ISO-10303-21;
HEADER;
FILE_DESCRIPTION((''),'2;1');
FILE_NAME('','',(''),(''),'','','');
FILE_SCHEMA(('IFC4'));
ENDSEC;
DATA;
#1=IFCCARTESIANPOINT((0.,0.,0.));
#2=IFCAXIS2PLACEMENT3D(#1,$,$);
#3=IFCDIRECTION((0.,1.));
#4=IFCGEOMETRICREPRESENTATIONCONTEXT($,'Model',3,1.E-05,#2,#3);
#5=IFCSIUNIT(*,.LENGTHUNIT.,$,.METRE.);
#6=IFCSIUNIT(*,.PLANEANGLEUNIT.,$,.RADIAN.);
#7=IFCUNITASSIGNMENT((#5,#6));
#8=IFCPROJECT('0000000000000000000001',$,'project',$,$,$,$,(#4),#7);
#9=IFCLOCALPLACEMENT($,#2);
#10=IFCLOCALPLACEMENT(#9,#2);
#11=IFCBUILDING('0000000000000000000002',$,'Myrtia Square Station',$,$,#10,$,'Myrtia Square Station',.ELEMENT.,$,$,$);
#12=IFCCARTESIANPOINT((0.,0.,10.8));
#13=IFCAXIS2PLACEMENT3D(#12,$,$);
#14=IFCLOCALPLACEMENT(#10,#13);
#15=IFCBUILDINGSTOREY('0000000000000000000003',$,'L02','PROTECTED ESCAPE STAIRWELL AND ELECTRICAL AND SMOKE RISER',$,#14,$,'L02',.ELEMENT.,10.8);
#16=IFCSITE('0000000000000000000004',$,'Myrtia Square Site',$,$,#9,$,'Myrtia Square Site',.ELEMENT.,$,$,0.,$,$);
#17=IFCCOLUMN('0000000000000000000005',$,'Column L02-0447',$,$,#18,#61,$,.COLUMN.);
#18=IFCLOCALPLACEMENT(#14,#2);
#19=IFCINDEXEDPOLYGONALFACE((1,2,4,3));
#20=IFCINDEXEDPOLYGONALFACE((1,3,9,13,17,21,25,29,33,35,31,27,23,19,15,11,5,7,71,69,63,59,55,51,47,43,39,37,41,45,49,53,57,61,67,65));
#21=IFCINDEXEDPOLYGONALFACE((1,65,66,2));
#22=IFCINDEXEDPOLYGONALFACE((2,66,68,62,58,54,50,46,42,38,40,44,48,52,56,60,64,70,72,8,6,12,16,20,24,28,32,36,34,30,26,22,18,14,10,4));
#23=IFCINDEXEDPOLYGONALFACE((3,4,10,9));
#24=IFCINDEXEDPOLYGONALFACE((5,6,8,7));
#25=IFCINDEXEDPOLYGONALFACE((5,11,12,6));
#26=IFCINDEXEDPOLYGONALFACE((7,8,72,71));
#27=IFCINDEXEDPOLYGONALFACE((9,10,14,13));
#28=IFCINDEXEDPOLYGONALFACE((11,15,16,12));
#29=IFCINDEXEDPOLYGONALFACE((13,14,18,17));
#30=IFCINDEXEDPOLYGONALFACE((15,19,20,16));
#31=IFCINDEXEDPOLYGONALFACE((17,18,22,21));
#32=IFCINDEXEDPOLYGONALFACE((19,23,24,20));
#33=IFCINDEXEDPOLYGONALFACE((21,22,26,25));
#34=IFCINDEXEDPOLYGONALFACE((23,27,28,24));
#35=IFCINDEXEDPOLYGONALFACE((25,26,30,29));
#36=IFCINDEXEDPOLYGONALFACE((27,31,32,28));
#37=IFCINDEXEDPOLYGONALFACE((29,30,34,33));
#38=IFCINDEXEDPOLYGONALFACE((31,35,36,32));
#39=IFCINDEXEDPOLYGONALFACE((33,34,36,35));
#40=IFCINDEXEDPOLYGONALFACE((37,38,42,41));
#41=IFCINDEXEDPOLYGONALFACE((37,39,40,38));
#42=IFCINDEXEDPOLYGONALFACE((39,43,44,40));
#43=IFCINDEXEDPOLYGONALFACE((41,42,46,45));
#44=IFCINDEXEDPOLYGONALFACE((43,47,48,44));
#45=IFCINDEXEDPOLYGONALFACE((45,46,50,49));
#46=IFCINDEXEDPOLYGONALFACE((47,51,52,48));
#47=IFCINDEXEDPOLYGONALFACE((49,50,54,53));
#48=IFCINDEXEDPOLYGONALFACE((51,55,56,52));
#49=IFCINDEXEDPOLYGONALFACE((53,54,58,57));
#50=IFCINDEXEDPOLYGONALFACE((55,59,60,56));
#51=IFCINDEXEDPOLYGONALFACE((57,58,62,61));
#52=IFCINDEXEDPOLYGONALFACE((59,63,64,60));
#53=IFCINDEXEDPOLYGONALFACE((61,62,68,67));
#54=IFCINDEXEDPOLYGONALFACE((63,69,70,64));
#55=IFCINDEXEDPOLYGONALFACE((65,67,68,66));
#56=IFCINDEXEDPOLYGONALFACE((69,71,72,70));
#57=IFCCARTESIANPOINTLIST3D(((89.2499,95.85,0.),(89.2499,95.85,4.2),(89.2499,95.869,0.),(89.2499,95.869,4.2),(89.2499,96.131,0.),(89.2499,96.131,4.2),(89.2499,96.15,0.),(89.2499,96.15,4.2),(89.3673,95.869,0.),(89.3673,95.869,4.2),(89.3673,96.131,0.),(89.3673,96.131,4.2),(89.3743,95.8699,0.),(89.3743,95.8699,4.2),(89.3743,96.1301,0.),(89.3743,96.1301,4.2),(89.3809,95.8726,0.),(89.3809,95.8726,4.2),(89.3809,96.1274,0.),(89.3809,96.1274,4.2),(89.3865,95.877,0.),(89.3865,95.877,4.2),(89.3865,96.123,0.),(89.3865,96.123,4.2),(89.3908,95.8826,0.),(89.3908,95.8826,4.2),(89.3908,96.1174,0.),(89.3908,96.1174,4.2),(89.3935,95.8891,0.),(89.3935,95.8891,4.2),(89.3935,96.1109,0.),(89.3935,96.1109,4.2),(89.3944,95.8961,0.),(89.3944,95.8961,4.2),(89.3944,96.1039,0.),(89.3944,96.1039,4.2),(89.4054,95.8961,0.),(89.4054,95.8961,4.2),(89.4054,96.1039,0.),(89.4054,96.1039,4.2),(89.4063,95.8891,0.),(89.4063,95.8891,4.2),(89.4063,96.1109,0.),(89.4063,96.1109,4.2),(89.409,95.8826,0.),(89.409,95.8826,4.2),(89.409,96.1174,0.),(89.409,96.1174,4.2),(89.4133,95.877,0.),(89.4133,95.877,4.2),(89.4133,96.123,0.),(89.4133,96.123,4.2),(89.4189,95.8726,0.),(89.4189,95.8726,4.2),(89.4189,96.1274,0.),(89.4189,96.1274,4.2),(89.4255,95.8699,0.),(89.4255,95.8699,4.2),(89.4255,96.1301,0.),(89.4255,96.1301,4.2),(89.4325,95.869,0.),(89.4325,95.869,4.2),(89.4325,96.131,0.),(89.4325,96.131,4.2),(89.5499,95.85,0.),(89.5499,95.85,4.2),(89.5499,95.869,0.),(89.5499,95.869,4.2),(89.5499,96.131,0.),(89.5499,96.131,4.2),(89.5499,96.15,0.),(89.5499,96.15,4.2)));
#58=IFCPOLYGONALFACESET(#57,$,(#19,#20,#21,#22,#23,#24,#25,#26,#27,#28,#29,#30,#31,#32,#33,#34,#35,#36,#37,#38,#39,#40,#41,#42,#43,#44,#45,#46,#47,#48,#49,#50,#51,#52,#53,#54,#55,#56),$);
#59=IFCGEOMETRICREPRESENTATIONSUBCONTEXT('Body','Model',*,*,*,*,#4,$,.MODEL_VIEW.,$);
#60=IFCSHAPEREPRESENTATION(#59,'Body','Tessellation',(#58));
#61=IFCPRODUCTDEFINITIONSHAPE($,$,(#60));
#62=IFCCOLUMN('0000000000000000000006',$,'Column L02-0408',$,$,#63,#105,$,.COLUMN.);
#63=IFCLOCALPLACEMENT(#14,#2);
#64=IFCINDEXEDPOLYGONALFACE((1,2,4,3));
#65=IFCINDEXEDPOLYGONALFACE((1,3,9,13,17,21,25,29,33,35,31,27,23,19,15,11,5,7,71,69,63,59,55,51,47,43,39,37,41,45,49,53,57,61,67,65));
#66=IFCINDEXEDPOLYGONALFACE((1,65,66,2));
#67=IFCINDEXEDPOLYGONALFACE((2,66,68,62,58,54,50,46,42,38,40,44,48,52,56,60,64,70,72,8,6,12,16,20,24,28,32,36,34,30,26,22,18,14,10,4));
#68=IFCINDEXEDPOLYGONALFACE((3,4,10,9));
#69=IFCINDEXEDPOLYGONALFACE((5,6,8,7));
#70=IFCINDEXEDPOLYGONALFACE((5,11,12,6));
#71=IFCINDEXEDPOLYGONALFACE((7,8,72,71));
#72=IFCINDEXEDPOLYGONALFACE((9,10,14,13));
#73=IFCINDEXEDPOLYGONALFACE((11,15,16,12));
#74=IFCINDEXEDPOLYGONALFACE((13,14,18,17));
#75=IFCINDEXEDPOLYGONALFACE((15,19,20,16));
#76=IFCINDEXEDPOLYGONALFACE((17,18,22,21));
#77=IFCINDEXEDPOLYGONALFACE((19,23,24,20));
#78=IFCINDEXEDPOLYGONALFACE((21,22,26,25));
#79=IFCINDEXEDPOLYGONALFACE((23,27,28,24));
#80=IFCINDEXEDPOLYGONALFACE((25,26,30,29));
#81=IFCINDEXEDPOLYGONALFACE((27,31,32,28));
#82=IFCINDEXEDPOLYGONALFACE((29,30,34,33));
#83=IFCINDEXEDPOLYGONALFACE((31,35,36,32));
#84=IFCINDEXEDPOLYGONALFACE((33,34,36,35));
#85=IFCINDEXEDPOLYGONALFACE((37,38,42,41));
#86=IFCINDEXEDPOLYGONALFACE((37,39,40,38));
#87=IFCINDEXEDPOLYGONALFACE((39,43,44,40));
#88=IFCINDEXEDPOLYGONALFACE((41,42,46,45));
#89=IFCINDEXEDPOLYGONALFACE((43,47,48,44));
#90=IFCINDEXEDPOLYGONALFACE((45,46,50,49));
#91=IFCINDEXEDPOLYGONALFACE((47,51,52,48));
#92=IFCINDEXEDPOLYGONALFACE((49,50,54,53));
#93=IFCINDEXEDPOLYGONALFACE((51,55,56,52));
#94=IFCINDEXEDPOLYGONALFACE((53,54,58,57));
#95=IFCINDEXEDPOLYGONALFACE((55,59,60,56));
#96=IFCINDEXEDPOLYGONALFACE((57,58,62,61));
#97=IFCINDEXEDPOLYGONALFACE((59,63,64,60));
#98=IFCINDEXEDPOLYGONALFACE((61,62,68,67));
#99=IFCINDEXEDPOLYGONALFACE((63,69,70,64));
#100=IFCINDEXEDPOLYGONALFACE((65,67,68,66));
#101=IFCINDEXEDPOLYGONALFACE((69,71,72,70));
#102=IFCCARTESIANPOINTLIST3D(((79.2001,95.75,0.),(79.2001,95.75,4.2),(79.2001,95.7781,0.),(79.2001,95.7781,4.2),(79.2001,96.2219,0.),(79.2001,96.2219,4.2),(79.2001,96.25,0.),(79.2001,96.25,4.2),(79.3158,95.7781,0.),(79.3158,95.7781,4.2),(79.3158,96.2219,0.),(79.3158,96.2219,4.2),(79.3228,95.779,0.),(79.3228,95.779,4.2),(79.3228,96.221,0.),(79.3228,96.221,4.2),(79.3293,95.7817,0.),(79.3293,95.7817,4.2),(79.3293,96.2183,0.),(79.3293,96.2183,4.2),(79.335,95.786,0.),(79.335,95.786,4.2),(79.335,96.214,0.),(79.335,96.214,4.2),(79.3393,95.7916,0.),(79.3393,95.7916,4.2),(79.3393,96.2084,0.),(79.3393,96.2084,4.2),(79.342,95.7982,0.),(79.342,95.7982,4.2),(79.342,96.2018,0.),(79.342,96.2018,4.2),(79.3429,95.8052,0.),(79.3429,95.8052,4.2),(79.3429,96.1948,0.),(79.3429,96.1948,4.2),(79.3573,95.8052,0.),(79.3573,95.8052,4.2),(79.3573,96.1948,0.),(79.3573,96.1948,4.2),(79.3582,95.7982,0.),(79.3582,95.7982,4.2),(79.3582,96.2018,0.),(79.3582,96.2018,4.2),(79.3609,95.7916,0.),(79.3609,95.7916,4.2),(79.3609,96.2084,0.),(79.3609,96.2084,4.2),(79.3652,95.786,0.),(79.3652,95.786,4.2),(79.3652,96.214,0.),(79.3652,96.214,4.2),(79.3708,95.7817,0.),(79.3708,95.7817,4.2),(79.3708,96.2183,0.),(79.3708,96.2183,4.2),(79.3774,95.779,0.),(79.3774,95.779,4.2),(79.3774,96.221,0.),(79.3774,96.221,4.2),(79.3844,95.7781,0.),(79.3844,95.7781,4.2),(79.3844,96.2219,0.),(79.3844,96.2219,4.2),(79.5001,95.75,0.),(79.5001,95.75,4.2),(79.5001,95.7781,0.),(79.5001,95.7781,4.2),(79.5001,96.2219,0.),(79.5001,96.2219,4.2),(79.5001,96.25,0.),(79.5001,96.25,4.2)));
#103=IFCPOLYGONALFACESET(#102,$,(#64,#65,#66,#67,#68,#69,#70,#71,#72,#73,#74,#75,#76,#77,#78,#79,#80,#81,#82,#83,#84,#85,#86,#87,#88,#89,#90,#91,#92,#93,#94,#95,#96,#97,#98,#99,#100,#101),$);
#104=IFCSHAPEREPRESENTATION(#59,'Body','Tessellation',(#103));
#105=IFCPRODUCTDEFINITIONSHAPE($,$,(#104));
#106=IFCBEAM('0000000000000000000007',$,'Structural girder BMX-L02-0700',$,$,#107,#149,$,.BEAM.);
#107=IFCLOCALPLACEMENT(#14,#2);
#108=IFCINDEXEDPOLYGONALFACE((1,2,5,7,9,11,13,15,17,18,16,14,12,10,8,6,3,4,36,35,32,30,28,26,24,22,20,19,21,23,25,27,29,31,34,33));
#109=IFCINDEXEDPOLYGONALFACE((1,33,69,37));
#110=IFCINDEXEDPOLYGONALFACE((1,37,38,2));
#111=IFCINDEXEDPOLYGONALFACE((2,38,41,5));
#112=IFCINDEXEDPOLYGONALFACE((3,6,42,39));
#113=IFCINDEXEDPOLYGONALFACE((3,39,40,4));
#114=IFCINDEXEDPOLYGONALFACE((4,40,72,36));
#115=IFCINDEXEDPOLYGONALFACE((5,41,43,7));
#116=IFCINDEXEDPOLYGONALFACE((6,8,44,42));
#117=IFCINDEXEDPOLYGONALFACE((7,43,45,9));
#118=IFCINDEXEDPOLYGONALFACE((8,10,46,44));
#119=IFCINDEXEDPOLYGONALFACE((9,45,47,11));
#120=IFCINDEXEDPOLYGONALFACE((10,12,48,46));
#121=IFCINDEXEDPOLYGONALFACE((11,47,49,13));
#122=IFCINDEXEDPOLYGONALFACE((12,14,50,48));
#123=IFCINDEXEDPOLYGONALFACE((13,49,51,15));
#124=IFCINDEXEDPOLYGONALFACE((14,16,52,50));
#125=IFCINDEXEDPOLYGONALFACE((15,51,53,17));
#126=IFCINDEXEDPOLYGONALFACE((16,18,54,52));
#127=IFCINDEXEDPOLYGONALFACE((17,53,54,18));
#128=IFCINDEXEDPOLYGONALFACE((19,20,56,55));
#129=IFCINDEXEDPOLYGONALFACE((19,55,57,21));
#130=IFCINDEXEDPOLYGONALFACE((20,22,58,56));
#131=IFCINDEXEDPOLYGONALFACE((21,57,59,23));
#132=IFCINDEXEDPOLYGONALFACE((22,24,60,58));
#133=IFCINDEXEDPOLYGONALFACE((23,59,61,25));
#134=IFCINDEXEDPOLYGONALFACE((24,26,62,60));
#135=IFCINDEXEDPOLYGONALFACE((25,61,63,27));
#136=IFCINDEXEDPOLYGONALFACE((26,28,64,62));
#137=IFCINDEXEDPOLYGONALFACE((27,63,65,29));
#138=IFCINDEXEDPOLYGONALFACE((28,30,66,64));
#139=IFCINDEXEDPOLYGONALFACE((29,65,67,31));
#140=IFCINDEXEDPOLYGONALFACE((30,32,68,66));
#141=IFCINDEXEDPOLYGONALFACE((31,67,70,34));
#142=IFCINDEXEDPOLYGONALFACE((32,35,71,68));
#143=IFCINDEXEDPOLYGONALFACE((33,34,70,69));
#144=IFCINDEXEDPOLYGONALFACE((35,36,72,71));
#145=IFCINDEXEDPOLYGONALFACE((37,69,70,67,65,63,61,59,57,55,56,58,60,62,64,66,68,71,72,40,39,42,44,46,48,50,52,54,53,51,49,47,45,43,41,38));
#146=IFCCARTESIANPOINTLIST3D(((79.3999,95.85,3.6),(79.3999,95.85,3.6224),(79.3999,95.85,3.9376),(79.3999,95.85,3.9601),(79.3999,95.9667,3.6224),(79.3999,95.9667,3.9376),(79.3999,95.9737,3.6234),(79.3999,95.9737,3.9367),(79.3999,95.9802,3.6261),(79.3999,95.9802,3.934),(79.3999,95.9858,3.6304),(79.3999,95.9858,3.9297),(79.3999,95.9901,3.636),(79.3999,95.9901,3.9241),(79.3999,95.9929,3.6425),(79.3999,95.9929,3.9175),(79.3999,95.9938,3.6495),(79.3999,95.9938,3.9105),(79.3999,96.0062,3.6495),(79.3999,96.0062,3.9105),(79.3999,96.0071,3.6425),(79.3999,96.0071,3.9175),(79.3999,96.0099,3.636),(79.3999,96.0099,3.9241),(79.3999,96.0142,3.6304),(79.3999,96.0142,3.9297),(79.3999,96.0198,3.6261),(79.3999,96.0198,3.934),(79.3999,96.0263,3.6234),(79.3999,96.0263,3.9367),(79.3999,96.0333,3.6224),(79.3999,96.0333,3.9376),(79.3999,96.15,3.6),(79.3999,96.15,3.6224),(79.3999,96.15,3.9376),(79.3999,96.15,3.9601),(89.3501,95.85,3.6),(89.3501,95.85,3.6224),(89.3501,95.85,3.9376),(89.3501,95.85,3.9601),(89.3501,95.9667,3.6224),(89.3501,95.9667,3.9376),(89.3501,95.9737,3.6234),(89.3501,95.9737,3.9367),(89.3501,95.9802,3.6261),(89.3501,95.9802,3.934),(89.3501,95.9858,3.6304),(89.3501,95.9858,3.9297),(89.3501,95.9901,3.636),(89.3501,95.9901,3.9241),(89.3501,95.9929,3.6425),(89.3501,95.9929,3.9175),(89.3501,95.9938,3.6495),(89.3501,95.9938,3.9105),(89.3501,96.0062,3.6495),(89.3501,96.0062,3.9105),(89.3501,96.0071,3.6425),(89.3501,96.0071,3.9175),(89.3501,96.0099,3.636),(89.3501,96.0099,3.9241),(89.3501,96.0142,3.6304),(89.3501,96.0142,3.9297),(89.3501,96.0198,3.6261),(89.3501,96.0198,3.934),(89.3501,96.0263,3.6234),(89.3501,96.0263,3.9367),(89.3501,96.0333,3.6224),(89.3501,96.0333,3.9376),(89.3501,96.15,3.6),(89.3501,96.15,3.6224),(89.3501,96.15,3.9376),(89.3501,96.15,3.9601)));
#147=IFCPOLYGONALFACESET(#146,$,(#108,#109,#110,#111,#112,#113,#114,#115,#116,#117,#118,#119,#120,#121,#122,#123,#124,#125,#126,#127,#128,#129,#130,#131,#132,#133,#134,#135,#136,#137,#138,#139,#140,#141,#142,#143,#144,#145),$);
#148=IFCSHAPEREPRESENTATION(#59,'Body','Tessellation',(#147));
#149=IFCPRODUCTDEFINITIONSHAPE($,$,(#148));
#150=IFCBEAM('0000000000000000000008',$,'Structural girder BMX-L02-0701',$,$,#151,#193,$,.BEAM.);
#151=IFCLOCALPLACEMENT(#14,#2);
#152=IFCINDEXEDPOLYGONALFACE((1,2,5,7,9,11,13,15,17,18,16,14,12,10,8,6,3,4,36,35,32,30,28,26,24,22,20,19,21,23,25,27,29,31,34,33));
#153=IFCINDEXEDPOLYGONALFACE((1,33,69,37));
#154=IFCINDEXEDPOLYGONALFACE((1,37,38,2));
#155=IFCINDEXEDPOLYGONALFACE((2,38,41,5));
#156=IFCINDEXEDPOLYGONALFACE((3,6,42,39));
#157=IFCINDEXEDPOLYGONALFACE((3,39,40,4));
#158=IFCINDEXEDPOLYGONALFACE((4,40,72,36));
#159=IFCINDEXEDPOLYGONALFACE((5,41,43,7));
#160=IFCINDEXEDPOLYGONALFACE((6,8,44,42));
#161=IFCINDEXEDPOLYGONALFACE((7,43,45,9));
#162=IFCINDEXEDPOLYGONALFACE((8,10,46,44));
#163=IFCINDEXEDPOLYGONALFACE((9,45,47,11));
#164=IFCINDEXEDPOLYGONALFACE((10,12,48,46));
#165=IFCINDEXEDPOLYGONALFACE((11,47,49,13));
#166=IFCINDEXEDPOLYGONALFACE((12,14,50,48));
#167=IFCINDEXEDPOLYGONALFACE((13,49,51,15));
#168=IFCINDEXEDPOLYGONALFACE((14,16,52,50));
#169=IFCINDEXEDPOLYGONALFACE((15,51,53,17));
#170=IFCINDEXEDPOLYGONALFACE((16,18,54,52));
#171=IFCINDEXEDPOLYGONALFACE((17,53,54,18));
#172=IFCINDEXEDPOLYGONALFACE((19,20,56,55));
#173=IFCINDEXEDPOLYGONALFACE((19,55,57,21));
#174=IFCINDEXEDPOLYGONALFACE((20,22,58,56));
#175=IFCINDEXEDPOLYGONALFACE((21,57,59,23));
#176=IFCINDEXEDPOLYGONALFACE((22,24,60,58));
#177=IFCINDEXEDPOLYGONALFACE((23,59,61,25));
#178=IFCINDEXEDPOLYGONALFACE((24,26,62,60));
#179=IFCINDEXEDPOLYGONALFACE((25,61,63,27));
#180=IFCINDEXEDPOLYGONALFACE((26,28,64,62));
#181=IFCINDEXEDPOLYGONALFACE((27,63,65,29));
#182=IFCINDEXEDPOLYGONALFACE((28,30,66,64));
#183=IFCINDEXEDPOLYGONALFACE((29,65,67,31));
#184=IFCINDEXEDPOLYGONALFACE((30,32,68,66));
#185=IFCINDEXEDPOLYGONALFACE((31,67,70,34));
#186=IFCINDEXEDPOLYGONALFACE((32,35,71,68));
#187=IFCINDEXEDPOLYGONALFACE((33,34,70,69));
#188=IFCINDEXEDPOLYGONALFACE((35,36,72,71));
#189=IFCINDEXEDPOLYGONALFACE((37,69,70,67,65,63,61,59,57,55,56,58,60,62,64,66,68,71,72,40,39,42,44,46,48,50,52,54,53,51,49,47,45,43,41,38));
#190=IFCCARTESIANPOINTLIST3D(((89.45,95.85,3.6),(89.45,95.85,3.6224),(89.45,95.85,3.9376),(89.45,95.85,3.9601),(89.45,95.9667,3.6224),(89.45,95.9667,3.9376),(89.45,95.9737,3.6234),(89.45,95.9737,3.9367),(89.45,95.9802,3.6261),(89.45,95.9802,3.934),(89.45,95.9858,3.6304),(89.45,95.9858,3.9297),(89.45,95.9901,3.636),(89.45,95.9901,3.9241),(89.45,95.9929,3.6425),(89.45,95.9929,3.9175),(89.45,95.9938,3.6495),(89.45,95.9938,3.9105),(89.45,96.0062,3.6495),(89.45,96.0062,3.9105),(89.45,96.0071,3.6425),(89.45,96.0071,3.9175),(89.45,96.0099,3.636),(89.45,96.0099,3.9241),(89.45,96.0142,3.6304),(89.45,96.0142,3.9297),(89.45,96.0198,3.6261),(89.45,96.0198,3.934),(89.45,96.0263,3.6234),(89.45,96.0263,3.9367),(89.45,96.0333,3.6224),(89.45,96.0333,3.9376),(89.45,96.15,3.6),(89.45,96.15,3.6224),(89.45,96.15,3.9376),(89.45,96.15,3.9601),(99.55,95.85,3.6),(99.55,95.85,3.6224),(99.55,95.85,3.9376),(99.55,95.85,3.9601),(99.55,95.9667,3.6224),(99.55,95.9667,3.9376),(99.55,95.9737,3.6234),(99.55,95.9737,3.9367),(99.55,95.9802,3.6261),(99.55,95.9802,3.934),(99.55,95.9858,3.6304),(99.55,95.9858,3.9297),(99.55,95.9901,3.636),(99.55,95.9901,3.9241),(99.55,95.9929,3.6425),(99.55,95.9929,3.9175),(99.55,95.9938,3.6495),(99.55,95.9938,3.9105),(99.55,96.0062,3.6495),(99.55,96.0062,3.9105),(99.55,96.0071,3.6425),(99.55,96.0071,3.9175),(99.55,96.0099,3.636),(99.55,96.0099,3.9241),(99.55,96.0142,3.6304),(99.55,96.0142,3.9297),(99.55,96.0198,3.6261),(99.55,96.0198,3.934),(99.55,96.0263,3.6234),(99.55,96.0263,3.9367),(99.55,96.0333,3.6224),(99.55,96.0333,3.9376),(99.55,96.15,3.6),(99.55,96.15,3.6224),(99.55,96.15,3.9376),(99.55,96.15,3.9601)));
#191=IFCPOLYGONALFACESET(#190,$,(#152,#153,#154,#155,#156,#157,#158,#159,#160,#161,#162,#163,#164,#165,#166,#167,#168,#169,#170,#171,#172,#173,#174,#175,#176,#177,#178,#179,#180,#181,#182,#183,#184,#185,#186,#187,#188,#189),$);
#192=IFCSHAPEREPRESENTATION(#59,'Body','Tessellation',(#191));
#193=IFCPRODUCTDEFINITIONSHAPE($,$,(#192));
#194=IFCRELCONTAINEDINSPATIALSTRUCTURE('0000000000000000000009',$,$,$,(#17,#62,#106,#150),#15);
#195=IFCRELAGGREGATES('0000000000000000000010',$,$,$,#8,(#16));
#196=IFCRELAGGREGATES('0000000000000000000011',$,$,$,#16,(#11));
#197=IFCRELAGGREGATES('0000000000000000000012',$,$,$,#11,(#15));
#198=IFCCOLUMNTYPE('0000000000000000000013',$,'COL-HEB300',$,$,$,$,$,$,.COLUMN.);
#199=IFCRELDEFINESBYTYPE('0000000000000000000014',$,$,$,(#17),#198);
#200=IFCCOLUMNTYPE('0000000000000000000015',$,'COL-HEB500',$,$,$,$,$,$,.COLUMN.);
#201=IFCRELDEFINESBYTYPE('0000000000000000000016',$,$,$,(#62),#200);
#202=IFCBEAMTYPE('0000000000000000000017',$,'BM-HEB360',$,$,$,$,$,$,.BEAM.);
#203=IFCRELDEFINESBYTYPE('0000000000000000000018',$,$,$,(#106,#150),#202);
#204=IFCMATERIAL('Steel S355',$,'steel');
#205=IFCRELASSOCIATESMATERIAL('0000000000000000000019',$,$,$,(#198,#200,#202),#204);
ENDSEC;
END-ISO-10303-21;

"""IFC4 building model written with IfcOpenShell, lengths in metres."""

from ifc_helpers import new_model, si_unit, direction, frame, origin, origin_2d, place, context, subcontext, project, spatial, i_section, extrude, material, material_profile, profile_set, type_object, element, save


model = new_model("IFC4")

# Units and contexts
model_context = context("Model", 3, precision=1e-05, world=origin(), true_north=direction((0.0, 1.0)))
body_context = subcontext(model_context, "Body", "Model", "MODEL_VIEW")
ifc_project = project(units=[si_unit("LENGTHUNIT", "METRE"), si_unit("PLANEANGLEUNIT", "RADIAN")], contexts=[model_context])

# Site, building, storey
site_placement = place(None, origin())
site = spatial("IfcSite", under=ifc_project, at=site_placement, Name="Myrtia Square Site", LongName="Myrtia Square Site", CompositionType="ELEMENT", RefElevation=0.0)
building_placement = place(site_placement, origin())
building = spatial("IfcBuilding", under=site, at=building_placement, Name="Myrtia Square Station", LongName="Myrtia Square Station", CompositionType="ELEMENT")
storey_placement = place(building_placement, frame((0.0, 0.0, 10.8)))
storey = spatial("IfcBuildingStorey", under=building, at=storey_placement, Name="L02", Description="PROTECTED ESCAPE STAIRWELL AND ELECTRICAL AND SMOKE RISER", LongName="L02", CompositionType="ELEMENT", Elevation=10.8)

# Columns
ifc_material_1 = material(Name="Steel S355", Category="steel")
ifc_material_profile_1 = material_profile(ifc_material_1, i_section(OverallWidth=0.3, OverallDepth=0.3, WebThickness=0.011, FlangeThickness=0.019, FilletRadius=0.0271, at=origin_2d()), Name="HEB 300")
ifc_profile_set_1 = profile_set([ifc_material_profile_1], Name="Steel S355")
column_type_1 = type_object("IfcColumnType", Name="COL-HEB300", PredefinedType="COLUMN", material=ifc_profile_set_1)
column_1_placement = place(storey_placement, frame((89.3999, 96.0, 0.0), z_axis=(0.0, 0.0, 1.0), x_axis=(1.0, 0.0, 0.0)))
element("IfcColumn", 1, at=column_1_placement, inside=storey, type_object=column_type_1, Name="Column L02-0447", PredefinedType="COLUMN", context=body_context, shape_type="SweptSolid", body=[
    extrude(i_section(OverallWidth=0.3, OverallDepth=0.3, WebThickness=0.011, FlangeThickness=0.019, FilletRadius=0.0271, at=origin_2d()), origin(), (0.0, 0.0, 1.0), 4.2),
])
ifc_material_profile_2 = material_profile(ifc_material_1, i_section(OverallWidth=0.3, OverallDepth=0.5, WebThickness=0.0144, FlangeThickness=0.0281, FilletRadius=0.0271, at=origin_2d()), Name="HEB 500")
ifc_profile_set_2 = profile_set([ifc_material_profile_2], Name="Steel S355")
column_type_2 = type_object("IfcColumnType", Name="COL-HEB500", PredefinedType="COLUMN", material=ifc_profile_set_2)
column_2_placement = place(storey_placement, frame((79.3501, 96.0, 0.0), z_axis=(0.0, 0.0, 1.0), x_axis=(1.0, 0.0, 0.0)))
element("IfcColumn", 2, at=column_2_placement, inside=storey, type_object=column_type_2, Name="Column L02-0408", PredefinedType="COLUMN", context=body_context, shape_type="SweptSolid", body=[
    extrude(i_section(OverallWidth=0.3, OverallDepth=0.5, WebThickness=0.0144, FlangeThickness=0.0281, FilletRadius=0.0271, at=origin_2d()), origin(), (0.0, 0.0, 1.0), 4.2),
])

# Beams
ifc_material_profile_3 = material_profile(ifc_material_1, i_section(OverallWidth=0.3, OverallDepth=0.3601, WebThickness=0.0125, FlangeThickness=0.0225, FilletRadius=0.0271, at=origin_2d()), Name="HEB 360")
ifc_profile_set_3 = profile_set([ifc_material_profile_3], Name="Steel S355")
beam_type = type_object("IfcBeamType", Name="BM-HEB360", PredefinedType="BEAM", material=ifc_profile_set_3)
beam_1_placement = place(storey_placement, frame((79.3999, 96.0, 3.78), z_axis=(1.0, 0.0, 0.0), x_axis=(0.0, 1.0, 0.0)))
element("IfcBeam", 3, at=beam_1_placement, inside=storey, type_object=beam_type, Name="Structural girder BMX-L02-0700", PredefinedType="BEAM", context=body_context, shape_type="SweptSolid", body=[
    extrude(i_section(OverallWidth=0.3, OverallDepth=0.3601, WebThickness=0.0125, FlangeThickness=0.0225, FilletRadius=0.0271, at=origin_2d()), origin(), (0.0, 0.0, 1.0), 9.9502),
])
beam_2_placement = place(storey_placement, frame((89.45, 96.0, 3.78), z_axis=(1.0, 0.0, 0.0), x_axis=(0.0, 1.0, 0.0)))
element("IfcBeam", 4, at=beam_2_placement, inside=storey, type_object=beam_type, Name="Structural girder BMX-L02-0701", PredefinedType="BEAM", context=body_context, shape_type="SweptSolid", body=[
    extrude(i_section(OverallWidth=0.3, OverallDepth=0.3601, WebThickness=0.0125, FlangeThickness=0.0225, FilletRadius=0.0271, at=origin_2d()), origin(), (0.0, 0.0, 1.0), 10.1001),
])

save(model, "model.ifc")
